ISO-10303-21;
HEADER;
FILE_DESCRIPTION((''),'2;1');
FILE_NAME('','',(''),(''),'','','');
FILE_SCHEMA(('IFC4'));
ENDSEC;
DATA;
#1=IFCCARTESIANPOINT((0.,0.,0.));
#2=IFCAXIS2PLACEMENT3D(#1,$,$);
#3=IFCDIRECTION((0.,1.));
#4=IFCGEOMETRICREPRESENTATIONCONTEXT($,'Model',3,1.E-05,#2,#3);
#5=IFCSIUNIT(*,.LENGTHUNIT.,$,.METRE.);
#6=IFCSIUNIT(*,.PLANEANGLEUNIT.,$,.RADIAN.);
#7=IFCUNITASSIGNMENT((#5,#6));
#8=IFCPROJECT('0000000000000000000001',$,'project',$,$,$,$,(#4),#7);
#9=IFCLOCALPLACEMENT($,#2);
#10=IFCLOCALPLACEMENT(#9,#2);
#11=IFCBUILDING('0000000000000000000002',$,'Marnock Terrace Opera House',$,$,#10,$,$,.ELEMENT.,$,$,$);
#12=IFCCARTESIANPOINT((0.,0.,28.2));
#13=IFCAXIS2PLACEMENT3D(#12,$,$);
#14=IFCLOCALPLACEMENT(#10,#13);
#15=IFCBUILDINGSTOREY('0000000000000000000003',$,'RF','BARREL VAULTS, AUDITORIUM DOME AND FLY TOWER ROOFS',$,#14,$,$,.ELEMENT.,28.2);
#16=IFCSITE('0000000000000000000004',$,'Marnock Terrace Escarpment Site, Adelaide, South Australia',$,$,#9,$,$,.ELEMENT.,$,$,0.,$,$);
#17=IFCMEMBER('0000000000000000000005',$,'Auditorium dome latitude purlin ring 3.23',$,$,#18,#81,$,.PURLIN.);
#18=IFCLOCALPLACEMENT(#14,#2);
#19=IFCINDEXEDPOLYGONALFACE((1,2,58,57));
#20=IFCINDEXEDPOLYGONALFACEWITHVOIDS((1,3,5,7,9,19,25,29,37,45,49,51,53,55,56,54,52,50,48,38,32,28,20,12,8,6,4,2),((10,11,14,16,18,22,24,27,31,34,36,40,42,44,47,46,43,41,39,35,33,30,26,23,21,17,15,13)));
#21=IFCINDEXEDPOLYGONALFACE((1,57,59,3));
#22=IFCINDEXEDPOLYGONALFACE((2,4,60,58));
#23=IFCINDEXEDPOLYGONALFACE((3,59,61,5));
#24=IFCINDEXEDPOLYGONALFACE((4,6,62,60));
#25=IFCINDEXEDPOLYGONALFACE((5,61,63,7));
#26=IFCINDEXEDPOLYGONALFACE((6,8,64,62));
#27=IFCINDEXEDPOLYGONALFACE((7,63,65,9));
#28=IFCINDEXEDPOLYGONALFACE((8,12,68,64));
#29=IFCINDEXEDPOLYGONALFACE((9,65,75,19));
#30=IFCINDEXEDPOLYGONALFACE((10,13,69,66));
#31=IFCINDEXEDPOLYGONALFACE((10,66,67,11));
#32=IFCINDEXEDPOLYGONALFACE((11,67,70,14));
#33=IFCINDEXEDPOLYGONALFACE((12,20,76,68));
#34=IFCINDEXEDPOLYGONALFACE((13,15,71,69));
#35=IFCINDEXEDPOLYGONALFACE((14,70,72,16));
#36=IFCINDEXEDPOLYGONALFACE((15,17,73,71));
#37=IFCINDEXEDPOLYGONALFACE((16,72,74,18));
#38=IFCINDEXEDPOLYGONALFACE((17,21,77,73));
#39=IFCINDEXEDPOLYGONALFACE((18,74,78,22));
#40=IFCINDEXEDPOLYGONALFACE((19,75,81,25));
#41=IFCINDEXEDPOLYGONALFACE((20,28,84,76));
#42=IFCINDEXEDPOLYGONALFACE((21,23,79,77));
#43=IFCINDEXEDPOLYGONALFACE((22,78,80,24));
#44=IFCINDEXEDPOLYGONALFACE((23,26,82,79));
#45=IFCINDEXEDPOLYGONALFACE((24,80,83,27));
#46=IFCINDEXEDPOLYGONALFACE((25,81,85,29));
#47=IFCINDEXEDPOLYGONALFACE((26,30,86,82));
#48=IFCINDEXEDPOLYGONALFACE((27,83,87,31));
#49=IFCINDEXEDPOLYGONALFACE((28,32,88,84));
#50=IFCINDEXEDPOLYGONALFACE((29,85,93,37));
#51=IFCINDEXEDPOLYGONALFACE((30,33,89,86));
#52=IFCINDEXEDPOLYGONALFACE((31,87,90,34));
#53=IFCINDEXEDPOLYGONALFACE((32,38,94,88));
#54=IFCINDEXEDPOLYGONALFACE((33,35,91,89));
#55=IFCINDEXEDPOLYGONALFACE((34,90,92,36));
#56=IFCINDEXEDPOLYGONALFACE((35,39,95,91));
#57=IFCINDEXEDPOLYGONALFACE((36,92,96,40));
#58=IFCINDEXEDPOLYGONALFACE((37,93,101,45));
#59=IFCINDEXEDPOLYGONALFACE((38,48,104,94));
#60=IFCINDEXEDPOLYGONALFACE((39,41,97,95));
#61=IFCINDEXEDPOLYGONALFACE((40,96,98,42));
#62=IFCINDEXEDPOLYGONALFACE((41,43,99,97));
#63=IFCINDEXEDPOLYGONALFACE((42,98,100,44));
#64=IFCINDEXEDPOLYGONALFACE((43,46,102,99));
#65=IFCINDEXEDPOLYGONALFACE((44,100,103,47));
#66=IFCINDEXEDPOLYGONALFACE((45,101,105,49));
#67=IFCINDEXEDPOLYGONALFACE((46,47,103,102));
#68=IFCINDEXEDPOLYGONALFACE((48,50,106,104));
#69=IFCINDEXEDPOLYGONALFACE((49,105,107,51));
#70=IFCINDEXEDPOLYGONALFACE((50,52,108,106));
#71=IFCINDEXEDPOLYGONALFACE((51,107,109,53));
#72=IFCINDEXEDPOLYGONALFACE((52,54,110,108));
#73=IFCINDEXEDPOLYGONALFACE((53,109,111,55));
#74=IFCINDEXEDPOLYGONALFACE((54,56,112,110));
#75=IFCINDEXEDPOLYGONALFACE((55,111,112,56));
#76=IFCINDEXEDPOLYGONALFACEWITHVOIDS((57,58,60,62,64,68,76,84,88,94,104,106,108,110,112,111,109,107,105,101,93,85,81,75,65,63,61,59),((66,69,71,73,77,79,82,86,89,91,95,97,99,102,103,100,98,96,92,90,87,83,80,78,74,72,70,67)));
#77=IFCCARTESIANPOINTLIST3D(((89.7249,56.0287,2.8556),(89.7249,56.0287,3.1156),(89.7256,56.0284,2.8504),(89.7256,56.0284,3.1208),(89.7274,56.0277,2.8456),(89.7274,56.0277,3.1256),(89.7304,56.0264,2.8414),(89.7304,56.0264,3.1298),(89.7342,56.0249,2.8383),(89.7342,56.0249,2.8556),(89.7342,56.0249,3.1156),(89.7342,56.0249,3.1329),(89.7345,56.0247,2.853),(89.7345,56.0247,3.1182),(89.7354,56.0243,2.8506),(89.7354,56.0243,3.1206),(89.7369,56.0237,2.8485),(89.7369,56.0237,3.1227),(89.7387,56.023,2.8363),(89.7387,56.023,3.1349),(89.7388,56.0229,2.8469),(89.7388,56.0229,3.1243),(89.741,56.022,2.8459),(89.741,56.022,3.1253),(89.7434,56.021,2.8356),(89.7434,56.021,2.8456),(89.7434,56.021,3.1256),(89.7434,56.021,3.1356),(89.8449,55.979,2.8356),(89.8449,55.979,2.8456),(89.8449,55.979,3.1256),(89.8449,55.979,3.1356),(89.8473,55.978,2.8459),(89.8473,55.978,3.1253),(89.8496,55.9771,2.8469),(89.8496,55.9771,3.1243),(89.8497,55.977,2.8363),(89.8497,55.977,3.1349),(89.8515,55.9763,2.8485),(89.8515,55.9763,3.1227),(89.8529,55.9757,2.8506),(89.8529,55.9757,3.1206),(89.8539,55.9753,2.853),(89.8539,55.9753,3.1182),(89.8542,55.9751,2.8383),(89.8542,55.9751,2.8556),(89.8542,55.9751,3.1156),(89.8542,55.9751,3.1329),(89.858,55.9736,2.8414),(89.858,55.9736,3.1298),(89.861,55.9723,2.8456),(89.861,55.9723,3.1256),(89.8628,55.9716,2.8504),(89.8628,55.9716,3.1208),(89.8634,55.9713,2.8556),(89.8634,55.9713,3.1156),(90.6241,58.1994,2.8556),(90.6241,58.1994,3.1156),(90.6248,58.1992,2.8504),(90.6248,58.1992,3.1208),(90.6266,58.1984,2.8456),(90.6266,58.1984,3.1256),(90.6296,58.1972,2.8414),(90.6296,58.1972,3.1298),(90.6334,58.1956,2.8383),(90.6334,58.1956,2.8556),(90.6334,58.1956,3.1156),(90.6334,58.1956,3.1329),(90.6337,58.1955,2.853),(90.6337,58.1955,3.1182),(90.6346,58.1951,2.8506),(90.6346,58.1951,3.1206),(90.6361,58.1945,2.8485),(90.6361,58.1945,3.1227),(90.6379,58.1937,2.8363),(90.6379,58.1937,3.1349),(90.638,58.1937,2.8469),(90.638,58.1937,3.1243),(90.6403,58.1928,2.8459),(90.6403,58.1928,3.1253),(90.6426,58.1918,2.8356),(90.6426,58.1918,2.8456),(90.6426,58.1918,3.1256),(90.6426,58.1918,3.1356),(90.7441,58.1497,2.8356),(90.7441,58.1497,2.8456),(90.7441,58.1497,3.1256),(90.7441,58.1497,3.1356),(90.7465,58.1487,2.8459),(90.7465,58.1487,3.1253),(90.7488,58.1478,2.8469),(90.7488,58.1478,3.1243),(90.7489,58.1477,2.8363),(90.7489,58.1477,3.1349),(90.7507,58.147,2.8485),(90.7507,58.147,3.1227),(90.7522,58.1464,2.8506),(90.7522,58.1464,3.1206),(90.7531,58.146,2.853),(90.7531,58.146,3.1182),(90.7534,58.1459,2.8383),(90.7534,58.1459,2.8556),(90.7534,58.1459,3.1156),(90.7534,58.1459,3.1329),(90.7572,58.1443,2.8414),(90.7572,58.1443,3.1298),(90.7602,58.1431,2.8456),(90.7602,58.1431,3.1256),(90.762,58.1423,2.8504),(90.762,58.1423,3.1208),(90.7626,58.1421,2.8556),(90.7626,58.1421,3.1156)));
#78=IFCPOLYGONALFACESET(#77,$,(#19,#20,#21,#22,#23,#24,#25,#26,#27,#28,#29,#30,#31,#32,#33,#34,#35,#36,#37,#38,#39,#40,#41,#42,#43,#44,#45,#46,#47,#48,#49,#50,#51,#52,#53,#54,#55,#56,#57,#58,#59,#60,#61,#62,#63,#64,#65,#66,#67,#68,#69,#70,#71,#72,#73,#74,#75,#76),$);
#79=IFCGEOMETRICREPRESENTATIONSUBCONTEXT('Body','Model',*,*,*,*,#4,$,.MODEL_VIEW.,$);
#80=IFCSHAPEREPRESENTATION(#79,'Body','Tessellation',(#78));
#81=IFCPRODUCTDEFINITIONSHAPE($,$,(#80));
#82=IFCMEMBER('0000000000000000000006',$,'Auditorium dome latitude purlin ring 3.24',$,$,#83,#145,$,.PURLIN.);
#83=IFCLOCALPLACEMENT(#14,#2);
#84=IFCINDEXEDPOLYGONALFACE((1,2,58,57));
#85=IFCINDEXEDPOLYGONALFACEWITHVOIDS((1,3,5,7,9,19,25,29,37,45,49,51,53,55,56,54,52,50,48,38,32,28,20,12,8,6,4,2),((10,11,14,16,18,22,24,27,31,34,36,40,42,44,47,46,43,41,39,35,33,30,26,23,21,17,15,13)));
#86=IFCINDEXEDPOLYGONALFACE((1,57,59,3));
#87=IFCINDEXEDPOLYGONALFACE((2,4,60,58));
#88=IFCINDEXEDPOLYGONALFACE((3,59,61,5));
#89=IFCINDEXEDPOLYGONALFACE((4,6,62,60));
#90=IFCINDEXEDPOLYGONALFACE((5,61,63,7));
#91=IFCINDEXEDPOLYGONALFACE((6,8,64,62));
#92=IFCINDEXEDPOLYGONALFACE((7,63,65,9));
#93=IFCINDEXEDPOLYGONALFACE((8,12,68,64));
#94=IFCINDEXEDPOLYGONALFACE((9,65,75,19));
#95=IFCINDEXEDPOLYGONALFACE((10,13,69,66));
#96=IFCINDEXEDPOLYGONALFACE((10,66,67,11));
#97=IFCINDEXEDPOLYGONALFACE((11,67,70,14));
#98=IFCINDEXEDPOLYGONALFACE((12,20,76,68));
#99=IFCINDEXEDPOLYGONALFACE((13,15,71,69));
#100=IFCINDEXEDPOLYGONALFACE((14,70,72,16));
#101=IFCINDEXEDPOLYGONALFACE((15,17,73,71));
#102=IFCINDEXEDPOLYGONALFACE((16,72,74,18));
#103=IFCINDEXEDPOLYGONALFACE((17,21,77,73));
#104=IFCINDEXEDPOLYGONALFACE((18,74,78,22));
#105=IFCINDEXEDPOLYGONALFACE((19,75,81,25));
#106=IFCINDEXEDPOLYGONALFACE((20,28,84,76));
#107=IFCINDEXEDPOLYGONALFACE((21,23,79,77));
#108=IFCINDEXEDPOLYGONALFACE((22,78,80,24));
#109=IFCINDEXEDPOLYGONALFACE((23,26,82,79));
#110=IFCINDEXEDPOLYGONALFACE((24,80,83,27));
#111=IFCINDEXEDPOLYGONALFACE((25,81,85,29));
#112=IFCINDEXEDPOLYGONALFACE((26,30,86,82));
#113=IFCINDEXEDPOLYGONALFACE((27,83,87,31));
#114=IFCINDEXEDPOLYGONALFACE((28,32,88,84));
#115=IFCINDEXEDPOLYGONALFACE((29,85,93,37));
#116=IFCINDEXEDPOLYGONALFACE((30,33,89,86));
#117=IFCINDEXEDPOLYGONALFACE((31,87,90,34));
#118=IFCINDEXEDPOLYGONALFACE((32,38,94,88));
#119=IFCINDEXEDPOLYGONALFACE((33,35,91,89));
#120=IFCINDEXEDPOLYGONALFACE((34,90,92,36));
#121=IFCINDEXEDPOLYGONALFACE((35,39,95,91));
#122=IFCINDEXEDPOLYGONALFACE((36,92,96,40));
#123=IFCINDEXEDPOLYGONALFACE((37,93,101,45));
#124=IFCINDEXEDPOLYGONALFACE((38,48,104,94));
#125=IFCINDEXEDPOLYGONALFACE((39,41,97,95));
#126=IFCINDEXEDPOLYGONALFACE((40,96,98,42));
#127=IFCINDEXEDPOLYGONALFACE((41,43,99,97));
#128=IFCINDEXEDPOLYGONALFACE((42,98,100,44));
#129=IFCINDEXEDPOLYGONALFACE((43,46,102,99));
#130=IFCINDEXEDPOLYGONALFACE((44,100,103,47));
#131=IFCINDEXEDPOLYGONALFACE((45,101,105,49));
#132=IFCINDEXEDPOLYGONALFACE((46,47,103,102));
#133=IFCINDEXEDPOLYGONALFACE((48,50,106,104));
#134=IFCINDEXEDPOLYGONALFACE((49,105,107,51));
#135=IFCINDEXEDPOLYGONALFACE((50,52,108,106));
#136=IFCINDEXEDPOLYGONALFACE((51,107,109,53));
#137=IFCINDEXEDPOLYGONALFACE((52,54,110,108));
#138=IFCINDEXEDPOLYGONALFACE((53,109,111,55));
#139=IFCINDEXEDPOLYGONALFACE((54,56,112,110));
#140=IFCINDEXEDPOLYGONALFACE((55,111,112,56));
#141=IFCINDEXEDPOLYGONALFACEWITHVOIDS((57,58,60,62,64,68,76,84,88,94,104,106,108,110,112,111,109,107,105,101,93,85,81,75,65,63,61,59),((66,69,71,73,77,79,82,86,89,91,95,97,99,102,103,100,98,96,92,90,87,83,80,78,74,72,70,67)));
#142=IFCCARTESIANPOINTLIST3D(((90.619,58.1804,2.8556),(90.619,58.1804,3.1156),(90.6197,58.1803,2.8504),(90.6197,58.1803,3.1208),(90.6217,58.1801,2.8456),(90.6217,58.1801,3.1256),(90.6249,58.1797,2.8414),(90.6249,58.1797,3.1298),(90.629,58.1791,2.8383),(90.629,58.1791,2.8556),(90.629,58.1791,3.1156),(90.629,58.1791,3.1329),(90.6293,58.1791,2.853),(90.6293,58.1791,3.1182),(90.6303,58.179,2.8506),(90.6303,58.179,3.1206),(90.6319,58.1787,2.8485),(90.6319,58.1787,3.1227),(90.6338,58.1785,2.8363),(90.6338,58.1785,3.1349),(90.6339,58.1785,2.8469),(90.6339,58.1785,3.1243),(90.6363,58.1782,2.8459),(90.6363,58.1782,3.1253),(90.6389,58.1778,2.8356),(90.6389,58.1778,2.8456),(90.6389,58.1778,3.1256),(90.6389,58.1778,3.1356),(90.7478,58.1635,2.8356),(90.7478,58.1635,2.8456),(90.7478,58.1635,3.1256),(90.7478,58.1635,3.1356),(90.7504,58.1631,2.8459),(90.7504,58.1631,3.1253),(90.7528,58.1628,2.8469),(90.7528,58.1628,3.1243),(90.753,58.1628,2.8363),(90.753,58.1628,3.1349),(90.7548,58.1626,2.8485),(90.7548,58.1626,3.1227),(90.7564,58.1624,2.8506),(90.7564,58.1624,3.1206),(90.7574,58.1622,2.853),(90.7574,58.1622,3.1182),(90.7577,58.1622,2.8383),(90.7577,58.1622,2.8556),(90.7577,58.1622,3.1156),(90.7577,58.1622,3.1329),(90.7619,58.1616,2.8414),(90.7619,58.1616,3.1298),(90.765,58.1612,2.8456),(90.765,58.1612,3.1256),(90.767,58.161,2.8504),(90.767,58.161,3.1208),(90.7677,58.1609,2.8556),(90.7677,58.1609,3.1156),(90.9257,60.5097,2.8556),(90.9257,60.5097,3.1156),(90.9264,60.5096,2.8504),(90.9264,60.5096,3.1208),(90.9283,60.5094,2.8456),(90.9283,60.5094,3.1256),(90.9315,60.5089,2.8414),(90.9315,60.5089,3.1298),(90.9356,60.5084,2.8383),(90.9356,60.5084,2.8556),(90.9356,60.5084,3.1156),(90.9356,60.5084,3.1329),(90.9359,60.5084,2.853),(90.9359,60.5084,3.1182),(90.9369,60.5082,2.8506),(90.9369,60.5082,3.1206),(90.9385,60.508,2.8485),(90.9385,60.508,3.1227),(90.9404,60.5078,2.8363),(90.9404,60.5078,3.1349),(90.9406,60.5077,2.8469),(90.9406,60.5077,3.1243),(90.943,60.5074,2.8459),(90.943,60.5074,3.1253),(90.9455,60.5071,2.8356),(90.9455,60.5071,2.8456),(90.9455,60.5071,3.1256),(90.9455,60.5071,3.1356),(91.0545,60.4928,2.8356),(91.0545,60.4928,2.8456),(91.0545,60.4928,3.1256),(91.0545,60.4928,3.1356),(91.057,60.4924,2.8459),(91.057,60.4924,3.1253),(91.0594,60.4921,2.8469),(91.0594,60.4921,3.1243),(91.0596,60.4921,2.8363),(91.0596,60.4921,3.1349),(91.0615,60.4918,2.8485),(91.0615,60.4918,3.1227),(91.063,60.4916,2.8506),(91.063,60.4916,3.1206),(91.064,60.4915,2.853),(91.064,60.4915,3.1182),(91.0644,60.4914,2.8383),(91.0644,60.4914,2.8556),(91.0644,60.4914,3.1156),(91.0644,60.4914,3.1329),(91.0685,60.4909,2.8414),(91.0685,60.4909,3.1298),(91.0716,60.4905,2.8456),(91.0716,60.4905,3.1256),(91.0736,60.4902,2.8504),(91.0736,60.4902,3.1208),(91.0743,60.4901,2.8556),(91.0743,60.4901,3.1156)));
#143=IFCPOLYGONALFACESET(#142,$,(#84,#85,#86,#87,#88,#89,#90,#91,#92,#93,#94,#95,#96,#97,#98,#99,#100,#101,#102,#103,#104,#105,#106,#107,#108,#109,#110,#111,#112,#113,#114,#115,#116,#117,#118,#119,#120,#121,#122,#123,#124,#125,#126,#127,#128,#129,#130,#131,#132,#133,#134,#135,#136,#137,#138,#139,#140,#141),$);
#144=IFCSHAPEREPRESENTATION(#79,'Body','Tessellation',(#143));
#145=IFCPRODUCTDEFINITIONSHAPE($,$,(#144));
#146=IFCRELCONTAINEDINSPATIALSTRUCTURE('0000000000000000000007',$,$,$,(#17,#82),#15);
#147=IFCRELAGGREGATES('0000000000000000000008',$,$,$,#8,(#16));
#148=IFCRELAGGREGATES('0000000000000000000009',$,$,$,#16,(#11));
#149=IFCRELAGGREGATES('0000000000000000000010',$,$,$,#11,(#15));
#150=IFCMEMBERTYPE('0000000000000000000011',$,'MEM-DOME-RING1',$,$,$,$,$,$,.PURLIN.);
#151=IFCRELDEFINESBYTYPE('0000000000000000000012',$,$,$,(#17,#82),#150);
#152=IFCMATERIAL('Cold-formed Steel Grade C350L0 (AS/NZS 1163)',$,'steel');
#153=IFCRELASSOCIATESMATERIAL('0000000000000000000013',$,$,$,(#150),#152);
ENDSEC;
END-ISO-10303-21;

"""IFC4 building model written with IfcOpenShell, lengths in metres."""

from ifc_helpers import new_model, si_unit, direction, frame, origin, origin_2d, place, context, subcontext, project, spatial, hollow_rectangle, extrude, material, material_profile, profile_set, type_object, element, save


model = new_model("IFC4")

# Units and contexts
model_context = context("Model", 3, precision=1e-05, world=origin(), true_north=direction((0.0, 1.0)))
body_context = subcontext(model_context, "Body", "Model", "MODEL_VIEW")
ifc_project = project(units=[si_unit("LENGTHUNIT", "METRE"), si_unit("PLANEANGLEUNIT", "RADIAN")], contexts=[model_context])

# Site, building, storey
site_placement = place(None, origin())
site = spatial("IfcSite", under=ifc_project, at=site_placement, Name="Marnock Terrace Escarpment Site, Adelaide, South Australia", CompositionType="ELEMENT", RefElevation=0.0)
building_placement = place(site_placement, origin())
building = spatial("IfcBuilding", under=site, at=building_placement, Name="Marnock Terrace Opera House", CompositionType="ELEMENT")
storey_placement = place(building_placement, frame((0.0, 0.0, 28.2)))
storey = spatial("IfcBuildingStorey", under=building, at=storey_placement, Name="RF", Description="BARREL VAULTS, AUDITORIUM DOME AND FLY TOWER ROOFS", CompositionType="ELEMENT", Elevation=28.2)

# Members
ifc_material_1 = material(Name="Cold-formed Steel Grade C350L0 (AS/NZS 1163)", Category="steel")
ifc_material_profile_1 = material_profile(ifc_material_1, hollow_rectangle(XDim=0.1499, YDim=0.3, WallThickness=0.01, InnerFilletRadius=0.01, OuterFilletRadius=0.02, at=origin_2d()))
ifc_profile_set_1 = profile_set([ifc_material_profile_1], Name="Cold-formed Steel Grade C350L0 (AS/NZS 1163)")
member_type_1 = type_object("IfcMemberType", Name="MEM-DOME-RING1", PredefinedType="PURLIN", material=ifc_profile_set_1)
member_1_placement = place(storey_placement, frame((89.7942, 56.0, 2.9856), z_axis=(0.382704, 0.923871, 0.0), x_axis=(-0.923871, 0.382704, 0.0)))
element("IfcMember", 1, at=member_1_placement, inside=storey, type_object=member_type_1, Name="Auditorium dome latitude purlin ring 3.23", PredefinedType="PURLIN", context=body_context, shape_type="SweptSolid", body=[
    extrude(hollow_rectangle(XDim=0.1499, YDim=0.3, WallThickness=0.01, InnerFilletRadius=0.01, OuterFilletRadius=0.02, at=origin_2d()), origin(), (0.0, 0.0, 1.0), 2.3496),
])
member_2_placement = place(storey_placement, frame((90.6934, 58.1707, 2.9856), z_axis=(0.130516, 0.991446, 0.0), x_axis=(-0.991446, 0.130516, 0.0)))
element("IfcMember", 2, at=member_2_placement, inside=storey, type_object=member_type_1, Name="Auditorium dome latitude purlin ring 3.24", PredefinedType="PURLIN", context=body_context, shape_type="SweptSolid", body=[
    extrude(hollow_rectangle(XDim=0.1499, YDim=0.3, WallThickness=0.01, InnerFilletRadius=0.01, OuterFilletRadius=0.02, at=origin_2d()), origin(), (0.0, 0.0, 1.0), 2.3494),
])

save(model, "model.ifc")
